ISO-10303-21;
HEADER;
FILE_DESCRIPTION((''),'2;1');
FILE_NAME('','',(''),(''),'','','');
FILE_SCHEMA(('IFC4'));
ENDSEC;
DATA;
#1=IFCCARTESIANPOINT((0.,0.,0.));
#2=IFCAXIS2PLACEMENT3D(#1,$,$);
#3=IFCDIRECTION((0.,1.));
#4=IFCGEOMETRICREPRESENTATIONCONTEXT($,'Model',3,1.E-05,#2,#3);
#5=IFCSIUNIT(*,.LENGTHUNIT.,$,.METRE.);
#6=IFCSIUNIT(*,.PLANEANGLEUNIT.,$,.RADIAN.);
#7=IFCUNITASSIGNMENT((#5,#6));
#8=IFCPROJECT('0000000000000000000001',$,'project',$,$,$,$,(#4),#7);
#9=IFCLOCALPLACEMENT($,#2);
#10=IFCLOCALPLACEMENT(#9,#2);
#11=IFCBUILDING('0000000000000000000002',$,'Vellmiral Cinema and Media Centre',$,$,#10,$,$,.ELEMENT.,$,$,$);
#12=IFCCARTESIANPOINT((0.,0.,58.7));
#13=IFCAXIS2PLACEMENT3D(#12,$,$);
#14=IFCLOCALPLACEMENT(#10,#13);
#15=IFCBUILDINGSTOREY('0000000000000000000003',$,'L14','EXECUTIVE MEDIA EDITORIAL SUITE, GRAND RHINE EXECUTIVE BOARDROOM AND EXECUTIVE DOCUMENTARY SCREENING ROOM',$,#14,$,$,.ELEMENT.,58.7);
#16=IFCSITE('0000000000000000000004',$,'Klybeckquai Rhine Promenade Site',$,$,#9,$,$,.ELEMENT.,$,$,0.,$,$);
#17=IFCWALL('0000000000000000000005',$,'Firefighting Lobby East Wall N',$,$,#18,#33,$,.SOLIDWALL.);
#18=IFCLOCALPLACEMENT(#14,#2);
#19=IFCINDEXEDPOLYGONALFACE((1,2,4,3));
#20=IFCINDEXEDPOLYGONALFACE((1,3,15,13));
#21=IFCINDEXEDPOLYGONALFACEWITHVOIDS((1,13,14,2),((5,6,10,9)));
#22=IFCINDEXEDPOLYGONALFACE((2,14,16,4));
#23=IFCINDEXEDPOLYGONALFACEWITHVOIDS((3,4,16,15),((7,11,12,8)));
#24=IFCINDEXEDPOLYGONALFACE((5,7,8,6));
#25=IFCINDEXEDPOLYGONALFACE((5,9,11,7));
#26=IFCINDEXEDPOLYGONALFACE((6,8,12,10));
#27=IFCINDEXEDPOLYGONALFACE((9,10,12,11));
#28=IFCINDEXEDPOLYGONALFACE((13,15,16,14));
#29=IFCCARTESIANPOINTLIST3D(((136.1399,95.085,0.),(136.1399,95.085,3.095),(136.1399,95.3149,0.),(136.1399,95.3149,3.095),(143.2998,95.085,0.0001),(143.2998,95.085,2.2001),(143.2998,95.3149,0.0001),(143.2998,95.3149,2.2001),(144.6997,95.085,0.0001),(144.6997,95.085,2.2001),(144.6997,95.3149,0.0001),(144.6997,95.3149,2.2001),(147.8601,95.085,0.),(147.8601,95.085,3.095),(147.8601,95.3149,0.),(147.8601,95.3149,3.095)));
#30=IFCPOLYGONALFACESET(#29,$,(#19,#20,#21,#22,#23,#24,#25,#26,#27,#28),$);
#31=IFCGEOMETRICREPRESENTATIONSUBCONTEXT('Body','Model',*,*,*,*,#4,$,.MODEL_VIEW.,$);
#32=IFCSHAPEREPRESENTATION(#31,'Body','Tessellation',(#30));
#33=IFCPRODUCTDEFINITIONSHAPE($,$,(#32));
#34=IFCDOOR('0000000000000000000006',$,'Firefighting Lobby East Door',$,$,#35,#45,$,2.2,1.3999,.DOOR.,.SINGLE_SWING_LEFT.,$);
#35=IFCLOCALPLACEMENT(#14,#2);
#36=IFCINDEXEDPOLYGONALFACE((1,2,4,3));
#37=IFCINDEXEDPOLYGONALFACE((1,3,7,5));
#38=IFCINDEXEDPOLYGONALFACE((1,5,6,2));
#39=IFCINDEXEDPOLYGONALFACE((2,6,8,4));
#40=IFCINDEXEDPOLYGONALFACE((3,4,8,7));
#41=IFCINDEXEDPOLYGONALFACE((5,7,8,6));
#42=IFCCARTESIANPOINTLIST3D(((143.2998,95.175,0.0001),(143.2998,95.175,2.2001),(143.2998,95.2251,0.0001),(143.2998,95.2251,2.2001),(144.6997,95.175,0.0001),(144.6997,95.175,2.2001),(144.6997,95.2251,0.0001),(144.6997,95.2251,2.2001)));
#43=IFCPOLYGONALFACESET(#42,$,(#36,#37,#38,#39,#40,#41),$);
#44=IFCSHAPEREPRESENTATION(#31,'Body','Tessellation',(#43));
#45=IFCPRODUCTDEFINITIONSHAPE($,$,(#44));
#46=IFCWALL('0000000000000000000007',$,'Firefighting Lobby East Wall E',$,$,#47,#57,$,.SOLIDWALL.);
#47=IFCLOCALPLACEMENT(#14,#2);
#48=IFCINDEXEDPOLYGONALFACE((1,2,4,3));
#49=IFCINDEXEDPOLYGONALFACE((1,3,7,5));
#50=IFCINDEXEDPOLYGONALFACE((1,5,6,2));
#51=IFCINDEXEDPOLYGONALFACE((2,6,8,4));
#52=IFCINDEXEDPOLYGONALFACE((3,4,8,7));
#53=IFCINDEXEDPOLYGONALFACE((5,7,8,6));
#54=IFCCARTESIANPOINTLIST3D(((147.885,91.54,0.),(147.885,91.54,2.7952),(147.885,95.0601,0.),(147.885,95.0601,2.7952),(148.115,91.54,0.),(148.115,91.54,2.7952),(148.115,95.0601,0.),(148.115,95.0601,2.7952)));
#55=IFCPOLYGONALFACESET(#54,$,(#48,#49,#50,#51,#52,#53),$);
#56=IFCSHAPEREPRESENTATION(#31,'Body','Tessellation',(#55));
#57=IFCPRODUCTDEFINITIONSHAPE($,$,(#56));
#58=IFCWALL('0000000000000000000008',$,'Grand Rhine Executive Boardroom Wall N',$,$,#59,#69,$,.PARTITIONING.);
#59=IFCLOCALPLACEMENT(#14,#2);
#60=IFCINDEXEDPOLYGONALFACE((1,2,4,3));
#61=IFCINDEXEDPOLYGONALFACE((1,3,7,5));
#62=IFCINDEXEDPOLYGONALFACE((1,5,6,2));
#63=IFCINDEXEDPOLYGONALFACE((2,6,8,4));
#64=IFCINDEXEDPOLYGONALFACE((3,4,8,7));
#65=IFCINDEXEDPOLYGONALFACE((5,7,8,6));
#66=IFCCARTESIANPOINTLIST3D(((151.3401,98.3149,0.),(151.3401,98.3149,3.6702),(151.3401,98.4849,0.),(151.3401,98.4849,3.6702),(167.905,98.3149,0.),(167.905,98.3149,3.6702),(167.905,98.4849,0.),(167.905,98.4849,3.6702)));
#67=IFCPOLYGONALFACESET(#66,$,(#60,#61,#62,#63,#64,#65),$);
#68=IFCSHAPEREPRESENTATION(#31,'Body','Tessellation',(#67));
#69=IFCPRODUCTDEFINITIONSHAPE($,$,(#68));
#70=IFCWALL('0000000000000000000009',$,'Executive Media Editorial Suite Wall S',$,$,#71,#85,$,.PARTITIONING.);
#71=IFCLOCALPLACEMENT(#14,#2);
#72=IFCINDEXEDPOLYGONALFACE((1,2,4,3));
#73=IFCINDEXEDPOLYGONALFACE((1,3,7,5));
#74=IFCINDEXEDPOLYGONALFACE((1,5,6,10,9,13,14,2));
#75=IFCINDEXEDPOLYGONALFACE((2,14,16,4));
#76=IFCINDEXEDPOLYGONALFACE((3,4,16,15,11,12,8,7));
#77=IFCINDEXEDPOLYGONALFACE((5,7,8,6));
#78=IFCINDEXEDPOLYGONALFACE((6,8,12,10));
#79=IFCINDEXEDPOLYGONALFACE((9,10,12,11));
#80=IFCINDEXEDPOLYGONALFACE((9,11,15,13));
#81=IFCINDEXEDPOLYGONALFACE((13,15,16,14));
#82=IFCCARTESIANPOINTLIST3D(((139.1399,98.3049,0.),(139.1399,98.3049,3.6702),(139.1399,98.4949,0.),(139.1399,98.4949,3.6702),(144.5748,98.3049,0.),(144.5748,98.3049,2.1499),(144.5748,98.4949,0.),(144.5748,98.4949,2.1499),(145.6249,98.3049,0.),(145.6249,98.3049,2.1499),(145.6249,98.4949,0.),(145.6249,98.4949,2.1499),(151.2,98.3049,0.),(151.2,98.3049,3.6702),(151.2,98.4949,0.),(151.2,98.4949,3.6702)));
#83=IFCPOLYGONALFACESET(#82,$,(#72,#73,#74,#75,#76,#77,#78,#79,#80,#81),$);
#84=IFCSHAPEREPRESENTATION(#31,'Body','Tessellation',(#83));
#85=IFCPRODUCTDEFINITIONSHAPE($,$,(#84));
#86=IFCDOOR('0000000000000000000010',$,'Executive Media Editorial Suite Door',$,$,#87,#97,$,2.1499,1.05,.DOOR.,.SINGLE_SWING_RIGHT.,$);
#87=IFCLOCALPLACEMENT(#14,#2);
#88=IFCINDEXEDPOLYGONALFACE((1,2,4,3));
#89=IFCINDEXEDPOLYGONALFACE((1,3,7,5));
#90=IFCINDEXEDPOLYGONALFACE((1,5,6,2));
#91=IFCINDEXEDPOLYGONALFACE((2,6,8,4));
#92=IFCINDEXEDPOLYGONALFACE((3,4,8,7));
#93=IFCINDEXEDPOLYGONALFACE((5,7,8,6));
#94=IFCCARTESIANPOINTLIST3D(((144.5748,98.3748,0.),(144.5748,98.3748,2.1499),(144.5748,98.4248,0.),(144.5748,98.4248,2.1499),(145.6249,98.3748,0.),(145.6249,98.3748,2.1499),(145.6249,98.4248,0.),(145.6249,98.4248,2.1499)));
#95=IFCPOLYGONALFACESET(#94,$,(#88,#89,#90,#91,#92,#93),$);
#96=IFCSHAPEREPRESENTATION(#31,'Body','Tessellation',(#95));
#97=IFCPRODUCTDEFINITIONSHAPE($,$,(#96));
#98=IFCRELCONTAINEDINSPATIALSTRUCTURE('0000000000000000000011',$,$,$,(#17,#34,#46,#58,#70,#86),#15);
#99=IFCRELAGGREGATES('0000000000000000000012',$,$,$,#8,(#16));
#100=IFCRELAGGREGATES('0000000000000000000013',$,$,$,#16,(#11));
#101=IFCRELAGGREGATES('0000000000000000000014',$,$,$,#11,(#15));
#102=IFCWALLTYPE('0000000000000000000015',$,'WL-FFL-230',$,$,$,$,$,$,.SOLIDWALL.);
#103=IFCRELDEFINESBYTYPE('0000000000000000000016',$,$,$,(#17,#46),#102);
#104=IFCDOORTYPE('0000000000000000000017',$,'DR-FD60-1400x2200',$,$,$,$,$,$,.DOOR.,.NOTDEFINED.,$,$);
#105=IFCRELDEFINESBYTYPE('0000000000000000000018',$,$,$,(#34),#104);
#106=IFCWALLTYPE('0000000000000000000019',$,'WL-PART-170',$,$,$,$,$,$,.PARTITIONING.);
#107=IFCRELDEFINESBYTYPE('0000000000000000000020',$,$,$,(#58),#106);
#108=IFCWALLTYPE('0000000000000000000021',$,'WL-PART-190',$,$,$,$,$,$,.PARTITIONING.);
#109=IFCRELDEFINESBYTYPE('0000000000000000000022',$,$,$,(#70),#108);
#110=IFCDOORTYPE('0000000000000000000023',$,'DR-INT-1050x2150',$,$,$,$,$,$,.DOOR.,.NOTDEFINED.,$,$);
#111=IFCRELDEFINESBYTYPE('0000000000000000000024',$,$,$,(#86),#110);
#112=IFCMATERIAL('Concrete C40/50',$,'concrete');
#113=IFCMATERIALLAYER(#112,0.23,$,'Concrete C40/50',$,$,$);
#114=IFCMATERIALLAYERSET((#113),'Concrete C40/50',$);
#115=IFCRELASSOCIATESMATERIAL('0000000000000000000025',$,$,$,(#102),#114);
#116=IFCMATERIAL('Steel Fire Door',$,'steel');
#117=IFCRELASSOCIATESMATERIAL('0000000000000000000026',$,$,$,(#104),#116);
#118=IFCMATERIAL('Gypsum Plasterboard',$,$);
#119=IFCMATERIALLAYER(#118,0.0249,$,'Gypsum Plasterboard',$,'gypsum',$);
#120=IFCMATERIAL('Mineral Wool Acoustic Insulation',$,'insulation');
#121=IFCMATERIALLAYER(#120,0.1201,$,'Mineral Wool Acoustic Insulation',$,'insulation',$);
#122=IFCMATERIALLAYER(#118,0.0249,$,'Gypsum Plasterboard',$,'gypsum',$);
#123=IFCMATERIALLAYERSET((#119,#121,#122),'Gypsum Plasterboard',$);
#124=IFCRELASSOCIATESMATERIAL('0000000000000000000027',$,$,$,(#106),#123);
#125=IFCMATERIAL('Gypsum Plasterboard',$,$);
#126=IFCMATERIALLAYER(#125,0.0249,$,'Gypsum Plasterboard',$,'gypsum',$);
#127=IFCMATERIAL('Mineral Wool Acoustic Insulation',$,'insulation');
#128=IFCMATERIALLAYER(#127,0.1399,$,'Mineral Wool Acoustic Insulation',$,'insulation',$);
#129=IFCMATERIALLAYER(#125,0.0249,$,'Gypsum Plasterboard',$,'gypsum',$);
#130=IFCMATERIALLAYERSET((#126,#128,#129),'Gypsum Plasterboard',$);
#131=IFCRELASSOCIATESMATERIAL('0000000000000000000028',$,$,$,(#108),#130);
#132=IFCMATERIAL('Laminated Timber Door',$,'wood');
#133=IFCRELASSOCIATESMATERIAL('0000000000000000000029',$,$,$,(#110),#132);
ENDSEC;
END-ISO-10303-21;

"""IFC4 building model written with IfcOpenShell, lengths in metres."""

from ifc_helpers import new_model, si_unit, direction, frame, frame_2d, origin, place, context, subcontext, project, spatial, rectangle, extrude, material, layer, layer_set, type_object, element, fill, save


model = new_model("IFC4")

# Units and contexts
model_context = context("Model", 3, precision=1e-05, world=origin(), true_north=direction((0.0, 1.0)))
body_context = subcontext(model_context, "Body", "Model", "MODEL_VIEW")
ifc_project = project(units=[si_unit("LENGTHUNIT", "METRE"), si_unit("PLANEANGLEUNIT", "RADIAN")], contexts=[model_context])

# Site, building, storey
site_placement = place(None, origin())
site = spatial("IfcSite", under=ifc_project, at=site_placement, Name="Klybeckquai Rhine Promenade Site", CompositionType="ELEMENT", RefElevation=0.0)
building_placement = place(site_placement, origin())
building = spatial("IfcBuilding", under=site, at=building_placement, Name="Vellmiral Cinema and Media Centre", CompositionType="ELEMENT")
storey_placement = place(building_placement, frame((0.0, 0.0, 58.7)))
storey = spatial("IfcBuildingStorey", under=building, at=storey_placement, Name="L14", Description="EXECUTIVE MEDIA EDITORIAL SUITE, GRAND RHINE EXECUTIVE BOARDROOM AND EXECUTIVE DOCUMENTARY SCREENING ROOM", CompositionType="ELEMENT", Elevation=58.7)

# Shared definitions
ifc_material_1 = material(Name="Concrete C40/50", Category="concrete")
ifc_layer_1 = layer(ifc_material_1, 0.23, Name="Concrete C40/50")
ifc_layer_set_1 = layer_set([ifc_layer_1], Name="Concrete C40/50")
wall_type_1 = type_object("IfcWallType", Name="WL-FFL-230", PredefinedType="SOLIDWALL", material=ifc_layer_set_1)

# Wall, opening, door
wall_1_placement = place(storey_placement, frame((136.1399, 95.2, 0.0), z_axis=(0.0, 0.0, 1.0), x_axis=(1.0, 0.0, 0.0)))
wall_1 = element("IfcWall", 1, at=wall_1_placement, inside=storey, type_object=wall_type_1, Name="Firefighting Lobby East Wall N", PredefinedType="SOLIDWALL", context=body_context, shape_type="SweptSolid", body=[
    extrude(rectangle(XDim=11.7202, YDim=0.23, at=frame_2d((5.8601, 0.0))), origin(), (0.0, 0.0, 1.0), 3.095),
])
opening_1_placement = place(wall_1_placement, frame((7.1599, 0.0, 0.0)))
opening_1 = element("IfcOpeningElement", 2, at=opening_1_placement, cuts=wall_1, PredefinedType="OPENING", context=body_context, shape_type="SweptSolid", body=[
    extrude(rectangle(XDim=1.3999, YDim=2.2, at=frame_2d((0.7, 1.1001))), frame((0.0, 0.127, 0.0), z_axis=(0.0, -1.0, 0.0), x_axis=(1.0, 0.0, 0.0)), (0.0, 0.0, 1.0), 0.2539),
])
ifc_material_2 = material(Name="Steel Fire Door", Category="steel")
door_type_1 = type_object("IfcDoorType", Name="DR-FD60-1400x2200", OperationType="NOTDEFINED", PredefinedType="DOOR", material=ifc_material_2)
door_1_placement = place(opening_1_placement, frame((1.3999, 0.0, 0.0), z_axis=(0.0, 0.0, 1.0), x_axis=(-1.0, 0.0, 0.0)))
door_1 = element("IfcDoor", 3, at=door_1_placement, inside=storey, type_object=door_type_1, Name="Firefighting Lobby East Door", OperationType="SINGLE_SWING_LEFT", OverallHeight=2.2, OverallWidth=1.3999, PredefinedType="DOOR", context=body_context, shape_type="SweptSolid", body=[
    extrude(rectangle(XDim=1.3999, YDim=2.2, at=frame_2d((0.7, 1.1001))), frame((0.0, 0.0249, 0.0), z_axis=(0.0, -1.0, 0.0), x_axis=(1.0, 0.0, 0.0)), (0.0, 0.0, 1.0), 0.05),
])
fill(opening_1, door_1)

# Walls
wall_2_placement = place(storey_placement, frame((148.0, 91.54, 0.0), z_axis=(0.0, 0.0, 1.0), x_axis=(0.0, 1.0, 0.0)))
element("IfcWall", 4, at=wall_2_placement, inside=storey, type_object=wall_type_1, Name="Firefighting Lobby East Wall E", PredefinedType="SOLIDWALL", context=body_context, shape_type="SweptSolid", body=[
    extrude(rectangle(XDim=3.52, YDim=0.23, at=frame_2d((1.76, 0.0))), origin(), (0.0, 0.0, 1.0), 2.7952),
])
ifc_material_3 = material(Name="Gypsum Plasterboard")
ifc_layer_2 = layer(ifc_material_3, 0.0249, Name="Gypsum Plasterboard", Category="gypsum")
ifc_material_4 = material(Name="Mineral Wool Acoustic Insulation", Category="insulation")
ifc_layer_3 = layer(ifc_material_4, 0.1201, Name="Mineral Wool Acoustic Insulation", Category="insulation")
ifc_layer_4 = layer(ifc_material_3, 0.0249, Name="Gypsum Plasterboard", Category="gypsum")
ifc_layer_set_2 = layer_set([ifc_layer_2, ifc_layer_3, ifc_layer_4], Name="Gypsum Plasterboard")
wall_type_2 = type_object("IfcWallType", Name="WL-PART-170", PredefinedType="PARTITIONING", material=ifc_layer_set_2)
wall_3_placement = place(storey_placement, frame((151.3401, 98.3999, 0.0), z_axis=(0.0, 0.0, 1.0), x_axis=(1.0, 0.0, 0.0)))
element("IfcWall", 5, at=wall_3_placement, inside=storey, type_object=wall_type_2, Name="Grand Rhine Executive Boardroom Wall N", PredefinedType="PARTITIONING", context=body_context, shape_type="SweptSolid", body=[
    extrude(rectangle(XDim=16.5649, YDim=0.1699, at=frame_2d((8.2825, 0.0))), origin(), (0.0, 0.0, 1.0), 3.6702),
])

# Wall, opening, door
ifc_material_5 = material(Name="Gypsum Plasterboard")
ifc_layer_5 = layer(ifc_material_5, 0.0249, Name="Gypsum Plasterboard", Category="gypsum")
ifc_material_6 = material(Name="Mineral Wool Acoustic Insulation", Category="insulation")
ifc_layer_6 = layer(ifc_material_6, 0.1399, Name="Mineral Wool Acoustic Insulation", Category="insulation")
ifc_layer_7 = layer(ifc_material_5, 0.0249, Name="Gypsum Plasterboard", Category="gypsum")
ifc_layer_set_3 = layer_set([ifc_layer_5, ifc_layer_6, ifc_layer_7], Name="Gypsum Plasterboard")
wall_type_3 = type_object("IfcWallType", Name="WL-PART-190", PredefinedType="PARTITIONING", material=ifc_layer_set_3)
wall_4_placement = place(storey_placement, frame((139.1399, 98.3999, 0.0), z_axis=(0.0, 0.0, 1.0), x_axis=(1.0, 0.0, 0.0)))
wall_4 = element("IfcWall", 6, at=wall_4_placement, inside=storey, type_object=wall_type_3, Name="Executive Media Editorial Suite Wall S", PredefinedType="PARTITIONING", context=body_context, shape_type="SweptSolid", body=[
    extrude(rectangle(XDim=12.0601, YDim=0.1899, at=frame_2d((6.03, 0.0))), origin(), (0.0, 0.0, 1.0), 3.6702),
])
opening_2_placement = place(wall_4_placement, frame((5.4351, 0.0, 0.0)))
opening_2 = element("IfcOpeningElement", 7, at=opening_2_placement, cuts=wall_4, PredefinedType="OPENING", context=body_context, shape_type="SweptSolid", body=[
    extrude(rectangle(XDim=1.05, YDim=2.1499, at=frame_2d((0.5249, 1.075))), frame((0.0, 0.1069, 0.0), z_axis=(0.0, -1.0, 0.0), x_axis=(1.0, 0.0, 0.0)), (0.0, 0.0, 1.0), 0.2139),
])
ifc_material_7 = material(Name="Laminated Timber Door", Category="wood")
door_type_2 = type_object("IfcDoorType", Name="DR-INT-1050x2150", OperationType="NOTDEFINED", PredefinedType="DOOR", material=ifc_material_7)
door_2_placement = place(opening_2_placement, origin())
door_2 = element("IfcDoor", 8, at=door_2_placement, inside=storey, type_object=door_type_2, Name="Executive Media Editorial Suite Door", OperationType="SINGLE_SWING_RIGHT", OverallHeight=2.1499, OverallWidth=1.05, PredefinedType="DOOR", context=body_context, shape_type="SweptSolid", body=[
    extrude(rectangle(XDim=1.05, YDim=2.1499, at=frame_2d((0.5249, 1.075))), frame((0.0, 0.0249, 0.0), z_axis=(0.0, -1.0, 0.0), x_axis=(1.0, 0.0, 0.0)), (0.0, 0.0, 1.0), 0.05),
])
fill(opening_2, door_2)

save(model, "model.ifc")
